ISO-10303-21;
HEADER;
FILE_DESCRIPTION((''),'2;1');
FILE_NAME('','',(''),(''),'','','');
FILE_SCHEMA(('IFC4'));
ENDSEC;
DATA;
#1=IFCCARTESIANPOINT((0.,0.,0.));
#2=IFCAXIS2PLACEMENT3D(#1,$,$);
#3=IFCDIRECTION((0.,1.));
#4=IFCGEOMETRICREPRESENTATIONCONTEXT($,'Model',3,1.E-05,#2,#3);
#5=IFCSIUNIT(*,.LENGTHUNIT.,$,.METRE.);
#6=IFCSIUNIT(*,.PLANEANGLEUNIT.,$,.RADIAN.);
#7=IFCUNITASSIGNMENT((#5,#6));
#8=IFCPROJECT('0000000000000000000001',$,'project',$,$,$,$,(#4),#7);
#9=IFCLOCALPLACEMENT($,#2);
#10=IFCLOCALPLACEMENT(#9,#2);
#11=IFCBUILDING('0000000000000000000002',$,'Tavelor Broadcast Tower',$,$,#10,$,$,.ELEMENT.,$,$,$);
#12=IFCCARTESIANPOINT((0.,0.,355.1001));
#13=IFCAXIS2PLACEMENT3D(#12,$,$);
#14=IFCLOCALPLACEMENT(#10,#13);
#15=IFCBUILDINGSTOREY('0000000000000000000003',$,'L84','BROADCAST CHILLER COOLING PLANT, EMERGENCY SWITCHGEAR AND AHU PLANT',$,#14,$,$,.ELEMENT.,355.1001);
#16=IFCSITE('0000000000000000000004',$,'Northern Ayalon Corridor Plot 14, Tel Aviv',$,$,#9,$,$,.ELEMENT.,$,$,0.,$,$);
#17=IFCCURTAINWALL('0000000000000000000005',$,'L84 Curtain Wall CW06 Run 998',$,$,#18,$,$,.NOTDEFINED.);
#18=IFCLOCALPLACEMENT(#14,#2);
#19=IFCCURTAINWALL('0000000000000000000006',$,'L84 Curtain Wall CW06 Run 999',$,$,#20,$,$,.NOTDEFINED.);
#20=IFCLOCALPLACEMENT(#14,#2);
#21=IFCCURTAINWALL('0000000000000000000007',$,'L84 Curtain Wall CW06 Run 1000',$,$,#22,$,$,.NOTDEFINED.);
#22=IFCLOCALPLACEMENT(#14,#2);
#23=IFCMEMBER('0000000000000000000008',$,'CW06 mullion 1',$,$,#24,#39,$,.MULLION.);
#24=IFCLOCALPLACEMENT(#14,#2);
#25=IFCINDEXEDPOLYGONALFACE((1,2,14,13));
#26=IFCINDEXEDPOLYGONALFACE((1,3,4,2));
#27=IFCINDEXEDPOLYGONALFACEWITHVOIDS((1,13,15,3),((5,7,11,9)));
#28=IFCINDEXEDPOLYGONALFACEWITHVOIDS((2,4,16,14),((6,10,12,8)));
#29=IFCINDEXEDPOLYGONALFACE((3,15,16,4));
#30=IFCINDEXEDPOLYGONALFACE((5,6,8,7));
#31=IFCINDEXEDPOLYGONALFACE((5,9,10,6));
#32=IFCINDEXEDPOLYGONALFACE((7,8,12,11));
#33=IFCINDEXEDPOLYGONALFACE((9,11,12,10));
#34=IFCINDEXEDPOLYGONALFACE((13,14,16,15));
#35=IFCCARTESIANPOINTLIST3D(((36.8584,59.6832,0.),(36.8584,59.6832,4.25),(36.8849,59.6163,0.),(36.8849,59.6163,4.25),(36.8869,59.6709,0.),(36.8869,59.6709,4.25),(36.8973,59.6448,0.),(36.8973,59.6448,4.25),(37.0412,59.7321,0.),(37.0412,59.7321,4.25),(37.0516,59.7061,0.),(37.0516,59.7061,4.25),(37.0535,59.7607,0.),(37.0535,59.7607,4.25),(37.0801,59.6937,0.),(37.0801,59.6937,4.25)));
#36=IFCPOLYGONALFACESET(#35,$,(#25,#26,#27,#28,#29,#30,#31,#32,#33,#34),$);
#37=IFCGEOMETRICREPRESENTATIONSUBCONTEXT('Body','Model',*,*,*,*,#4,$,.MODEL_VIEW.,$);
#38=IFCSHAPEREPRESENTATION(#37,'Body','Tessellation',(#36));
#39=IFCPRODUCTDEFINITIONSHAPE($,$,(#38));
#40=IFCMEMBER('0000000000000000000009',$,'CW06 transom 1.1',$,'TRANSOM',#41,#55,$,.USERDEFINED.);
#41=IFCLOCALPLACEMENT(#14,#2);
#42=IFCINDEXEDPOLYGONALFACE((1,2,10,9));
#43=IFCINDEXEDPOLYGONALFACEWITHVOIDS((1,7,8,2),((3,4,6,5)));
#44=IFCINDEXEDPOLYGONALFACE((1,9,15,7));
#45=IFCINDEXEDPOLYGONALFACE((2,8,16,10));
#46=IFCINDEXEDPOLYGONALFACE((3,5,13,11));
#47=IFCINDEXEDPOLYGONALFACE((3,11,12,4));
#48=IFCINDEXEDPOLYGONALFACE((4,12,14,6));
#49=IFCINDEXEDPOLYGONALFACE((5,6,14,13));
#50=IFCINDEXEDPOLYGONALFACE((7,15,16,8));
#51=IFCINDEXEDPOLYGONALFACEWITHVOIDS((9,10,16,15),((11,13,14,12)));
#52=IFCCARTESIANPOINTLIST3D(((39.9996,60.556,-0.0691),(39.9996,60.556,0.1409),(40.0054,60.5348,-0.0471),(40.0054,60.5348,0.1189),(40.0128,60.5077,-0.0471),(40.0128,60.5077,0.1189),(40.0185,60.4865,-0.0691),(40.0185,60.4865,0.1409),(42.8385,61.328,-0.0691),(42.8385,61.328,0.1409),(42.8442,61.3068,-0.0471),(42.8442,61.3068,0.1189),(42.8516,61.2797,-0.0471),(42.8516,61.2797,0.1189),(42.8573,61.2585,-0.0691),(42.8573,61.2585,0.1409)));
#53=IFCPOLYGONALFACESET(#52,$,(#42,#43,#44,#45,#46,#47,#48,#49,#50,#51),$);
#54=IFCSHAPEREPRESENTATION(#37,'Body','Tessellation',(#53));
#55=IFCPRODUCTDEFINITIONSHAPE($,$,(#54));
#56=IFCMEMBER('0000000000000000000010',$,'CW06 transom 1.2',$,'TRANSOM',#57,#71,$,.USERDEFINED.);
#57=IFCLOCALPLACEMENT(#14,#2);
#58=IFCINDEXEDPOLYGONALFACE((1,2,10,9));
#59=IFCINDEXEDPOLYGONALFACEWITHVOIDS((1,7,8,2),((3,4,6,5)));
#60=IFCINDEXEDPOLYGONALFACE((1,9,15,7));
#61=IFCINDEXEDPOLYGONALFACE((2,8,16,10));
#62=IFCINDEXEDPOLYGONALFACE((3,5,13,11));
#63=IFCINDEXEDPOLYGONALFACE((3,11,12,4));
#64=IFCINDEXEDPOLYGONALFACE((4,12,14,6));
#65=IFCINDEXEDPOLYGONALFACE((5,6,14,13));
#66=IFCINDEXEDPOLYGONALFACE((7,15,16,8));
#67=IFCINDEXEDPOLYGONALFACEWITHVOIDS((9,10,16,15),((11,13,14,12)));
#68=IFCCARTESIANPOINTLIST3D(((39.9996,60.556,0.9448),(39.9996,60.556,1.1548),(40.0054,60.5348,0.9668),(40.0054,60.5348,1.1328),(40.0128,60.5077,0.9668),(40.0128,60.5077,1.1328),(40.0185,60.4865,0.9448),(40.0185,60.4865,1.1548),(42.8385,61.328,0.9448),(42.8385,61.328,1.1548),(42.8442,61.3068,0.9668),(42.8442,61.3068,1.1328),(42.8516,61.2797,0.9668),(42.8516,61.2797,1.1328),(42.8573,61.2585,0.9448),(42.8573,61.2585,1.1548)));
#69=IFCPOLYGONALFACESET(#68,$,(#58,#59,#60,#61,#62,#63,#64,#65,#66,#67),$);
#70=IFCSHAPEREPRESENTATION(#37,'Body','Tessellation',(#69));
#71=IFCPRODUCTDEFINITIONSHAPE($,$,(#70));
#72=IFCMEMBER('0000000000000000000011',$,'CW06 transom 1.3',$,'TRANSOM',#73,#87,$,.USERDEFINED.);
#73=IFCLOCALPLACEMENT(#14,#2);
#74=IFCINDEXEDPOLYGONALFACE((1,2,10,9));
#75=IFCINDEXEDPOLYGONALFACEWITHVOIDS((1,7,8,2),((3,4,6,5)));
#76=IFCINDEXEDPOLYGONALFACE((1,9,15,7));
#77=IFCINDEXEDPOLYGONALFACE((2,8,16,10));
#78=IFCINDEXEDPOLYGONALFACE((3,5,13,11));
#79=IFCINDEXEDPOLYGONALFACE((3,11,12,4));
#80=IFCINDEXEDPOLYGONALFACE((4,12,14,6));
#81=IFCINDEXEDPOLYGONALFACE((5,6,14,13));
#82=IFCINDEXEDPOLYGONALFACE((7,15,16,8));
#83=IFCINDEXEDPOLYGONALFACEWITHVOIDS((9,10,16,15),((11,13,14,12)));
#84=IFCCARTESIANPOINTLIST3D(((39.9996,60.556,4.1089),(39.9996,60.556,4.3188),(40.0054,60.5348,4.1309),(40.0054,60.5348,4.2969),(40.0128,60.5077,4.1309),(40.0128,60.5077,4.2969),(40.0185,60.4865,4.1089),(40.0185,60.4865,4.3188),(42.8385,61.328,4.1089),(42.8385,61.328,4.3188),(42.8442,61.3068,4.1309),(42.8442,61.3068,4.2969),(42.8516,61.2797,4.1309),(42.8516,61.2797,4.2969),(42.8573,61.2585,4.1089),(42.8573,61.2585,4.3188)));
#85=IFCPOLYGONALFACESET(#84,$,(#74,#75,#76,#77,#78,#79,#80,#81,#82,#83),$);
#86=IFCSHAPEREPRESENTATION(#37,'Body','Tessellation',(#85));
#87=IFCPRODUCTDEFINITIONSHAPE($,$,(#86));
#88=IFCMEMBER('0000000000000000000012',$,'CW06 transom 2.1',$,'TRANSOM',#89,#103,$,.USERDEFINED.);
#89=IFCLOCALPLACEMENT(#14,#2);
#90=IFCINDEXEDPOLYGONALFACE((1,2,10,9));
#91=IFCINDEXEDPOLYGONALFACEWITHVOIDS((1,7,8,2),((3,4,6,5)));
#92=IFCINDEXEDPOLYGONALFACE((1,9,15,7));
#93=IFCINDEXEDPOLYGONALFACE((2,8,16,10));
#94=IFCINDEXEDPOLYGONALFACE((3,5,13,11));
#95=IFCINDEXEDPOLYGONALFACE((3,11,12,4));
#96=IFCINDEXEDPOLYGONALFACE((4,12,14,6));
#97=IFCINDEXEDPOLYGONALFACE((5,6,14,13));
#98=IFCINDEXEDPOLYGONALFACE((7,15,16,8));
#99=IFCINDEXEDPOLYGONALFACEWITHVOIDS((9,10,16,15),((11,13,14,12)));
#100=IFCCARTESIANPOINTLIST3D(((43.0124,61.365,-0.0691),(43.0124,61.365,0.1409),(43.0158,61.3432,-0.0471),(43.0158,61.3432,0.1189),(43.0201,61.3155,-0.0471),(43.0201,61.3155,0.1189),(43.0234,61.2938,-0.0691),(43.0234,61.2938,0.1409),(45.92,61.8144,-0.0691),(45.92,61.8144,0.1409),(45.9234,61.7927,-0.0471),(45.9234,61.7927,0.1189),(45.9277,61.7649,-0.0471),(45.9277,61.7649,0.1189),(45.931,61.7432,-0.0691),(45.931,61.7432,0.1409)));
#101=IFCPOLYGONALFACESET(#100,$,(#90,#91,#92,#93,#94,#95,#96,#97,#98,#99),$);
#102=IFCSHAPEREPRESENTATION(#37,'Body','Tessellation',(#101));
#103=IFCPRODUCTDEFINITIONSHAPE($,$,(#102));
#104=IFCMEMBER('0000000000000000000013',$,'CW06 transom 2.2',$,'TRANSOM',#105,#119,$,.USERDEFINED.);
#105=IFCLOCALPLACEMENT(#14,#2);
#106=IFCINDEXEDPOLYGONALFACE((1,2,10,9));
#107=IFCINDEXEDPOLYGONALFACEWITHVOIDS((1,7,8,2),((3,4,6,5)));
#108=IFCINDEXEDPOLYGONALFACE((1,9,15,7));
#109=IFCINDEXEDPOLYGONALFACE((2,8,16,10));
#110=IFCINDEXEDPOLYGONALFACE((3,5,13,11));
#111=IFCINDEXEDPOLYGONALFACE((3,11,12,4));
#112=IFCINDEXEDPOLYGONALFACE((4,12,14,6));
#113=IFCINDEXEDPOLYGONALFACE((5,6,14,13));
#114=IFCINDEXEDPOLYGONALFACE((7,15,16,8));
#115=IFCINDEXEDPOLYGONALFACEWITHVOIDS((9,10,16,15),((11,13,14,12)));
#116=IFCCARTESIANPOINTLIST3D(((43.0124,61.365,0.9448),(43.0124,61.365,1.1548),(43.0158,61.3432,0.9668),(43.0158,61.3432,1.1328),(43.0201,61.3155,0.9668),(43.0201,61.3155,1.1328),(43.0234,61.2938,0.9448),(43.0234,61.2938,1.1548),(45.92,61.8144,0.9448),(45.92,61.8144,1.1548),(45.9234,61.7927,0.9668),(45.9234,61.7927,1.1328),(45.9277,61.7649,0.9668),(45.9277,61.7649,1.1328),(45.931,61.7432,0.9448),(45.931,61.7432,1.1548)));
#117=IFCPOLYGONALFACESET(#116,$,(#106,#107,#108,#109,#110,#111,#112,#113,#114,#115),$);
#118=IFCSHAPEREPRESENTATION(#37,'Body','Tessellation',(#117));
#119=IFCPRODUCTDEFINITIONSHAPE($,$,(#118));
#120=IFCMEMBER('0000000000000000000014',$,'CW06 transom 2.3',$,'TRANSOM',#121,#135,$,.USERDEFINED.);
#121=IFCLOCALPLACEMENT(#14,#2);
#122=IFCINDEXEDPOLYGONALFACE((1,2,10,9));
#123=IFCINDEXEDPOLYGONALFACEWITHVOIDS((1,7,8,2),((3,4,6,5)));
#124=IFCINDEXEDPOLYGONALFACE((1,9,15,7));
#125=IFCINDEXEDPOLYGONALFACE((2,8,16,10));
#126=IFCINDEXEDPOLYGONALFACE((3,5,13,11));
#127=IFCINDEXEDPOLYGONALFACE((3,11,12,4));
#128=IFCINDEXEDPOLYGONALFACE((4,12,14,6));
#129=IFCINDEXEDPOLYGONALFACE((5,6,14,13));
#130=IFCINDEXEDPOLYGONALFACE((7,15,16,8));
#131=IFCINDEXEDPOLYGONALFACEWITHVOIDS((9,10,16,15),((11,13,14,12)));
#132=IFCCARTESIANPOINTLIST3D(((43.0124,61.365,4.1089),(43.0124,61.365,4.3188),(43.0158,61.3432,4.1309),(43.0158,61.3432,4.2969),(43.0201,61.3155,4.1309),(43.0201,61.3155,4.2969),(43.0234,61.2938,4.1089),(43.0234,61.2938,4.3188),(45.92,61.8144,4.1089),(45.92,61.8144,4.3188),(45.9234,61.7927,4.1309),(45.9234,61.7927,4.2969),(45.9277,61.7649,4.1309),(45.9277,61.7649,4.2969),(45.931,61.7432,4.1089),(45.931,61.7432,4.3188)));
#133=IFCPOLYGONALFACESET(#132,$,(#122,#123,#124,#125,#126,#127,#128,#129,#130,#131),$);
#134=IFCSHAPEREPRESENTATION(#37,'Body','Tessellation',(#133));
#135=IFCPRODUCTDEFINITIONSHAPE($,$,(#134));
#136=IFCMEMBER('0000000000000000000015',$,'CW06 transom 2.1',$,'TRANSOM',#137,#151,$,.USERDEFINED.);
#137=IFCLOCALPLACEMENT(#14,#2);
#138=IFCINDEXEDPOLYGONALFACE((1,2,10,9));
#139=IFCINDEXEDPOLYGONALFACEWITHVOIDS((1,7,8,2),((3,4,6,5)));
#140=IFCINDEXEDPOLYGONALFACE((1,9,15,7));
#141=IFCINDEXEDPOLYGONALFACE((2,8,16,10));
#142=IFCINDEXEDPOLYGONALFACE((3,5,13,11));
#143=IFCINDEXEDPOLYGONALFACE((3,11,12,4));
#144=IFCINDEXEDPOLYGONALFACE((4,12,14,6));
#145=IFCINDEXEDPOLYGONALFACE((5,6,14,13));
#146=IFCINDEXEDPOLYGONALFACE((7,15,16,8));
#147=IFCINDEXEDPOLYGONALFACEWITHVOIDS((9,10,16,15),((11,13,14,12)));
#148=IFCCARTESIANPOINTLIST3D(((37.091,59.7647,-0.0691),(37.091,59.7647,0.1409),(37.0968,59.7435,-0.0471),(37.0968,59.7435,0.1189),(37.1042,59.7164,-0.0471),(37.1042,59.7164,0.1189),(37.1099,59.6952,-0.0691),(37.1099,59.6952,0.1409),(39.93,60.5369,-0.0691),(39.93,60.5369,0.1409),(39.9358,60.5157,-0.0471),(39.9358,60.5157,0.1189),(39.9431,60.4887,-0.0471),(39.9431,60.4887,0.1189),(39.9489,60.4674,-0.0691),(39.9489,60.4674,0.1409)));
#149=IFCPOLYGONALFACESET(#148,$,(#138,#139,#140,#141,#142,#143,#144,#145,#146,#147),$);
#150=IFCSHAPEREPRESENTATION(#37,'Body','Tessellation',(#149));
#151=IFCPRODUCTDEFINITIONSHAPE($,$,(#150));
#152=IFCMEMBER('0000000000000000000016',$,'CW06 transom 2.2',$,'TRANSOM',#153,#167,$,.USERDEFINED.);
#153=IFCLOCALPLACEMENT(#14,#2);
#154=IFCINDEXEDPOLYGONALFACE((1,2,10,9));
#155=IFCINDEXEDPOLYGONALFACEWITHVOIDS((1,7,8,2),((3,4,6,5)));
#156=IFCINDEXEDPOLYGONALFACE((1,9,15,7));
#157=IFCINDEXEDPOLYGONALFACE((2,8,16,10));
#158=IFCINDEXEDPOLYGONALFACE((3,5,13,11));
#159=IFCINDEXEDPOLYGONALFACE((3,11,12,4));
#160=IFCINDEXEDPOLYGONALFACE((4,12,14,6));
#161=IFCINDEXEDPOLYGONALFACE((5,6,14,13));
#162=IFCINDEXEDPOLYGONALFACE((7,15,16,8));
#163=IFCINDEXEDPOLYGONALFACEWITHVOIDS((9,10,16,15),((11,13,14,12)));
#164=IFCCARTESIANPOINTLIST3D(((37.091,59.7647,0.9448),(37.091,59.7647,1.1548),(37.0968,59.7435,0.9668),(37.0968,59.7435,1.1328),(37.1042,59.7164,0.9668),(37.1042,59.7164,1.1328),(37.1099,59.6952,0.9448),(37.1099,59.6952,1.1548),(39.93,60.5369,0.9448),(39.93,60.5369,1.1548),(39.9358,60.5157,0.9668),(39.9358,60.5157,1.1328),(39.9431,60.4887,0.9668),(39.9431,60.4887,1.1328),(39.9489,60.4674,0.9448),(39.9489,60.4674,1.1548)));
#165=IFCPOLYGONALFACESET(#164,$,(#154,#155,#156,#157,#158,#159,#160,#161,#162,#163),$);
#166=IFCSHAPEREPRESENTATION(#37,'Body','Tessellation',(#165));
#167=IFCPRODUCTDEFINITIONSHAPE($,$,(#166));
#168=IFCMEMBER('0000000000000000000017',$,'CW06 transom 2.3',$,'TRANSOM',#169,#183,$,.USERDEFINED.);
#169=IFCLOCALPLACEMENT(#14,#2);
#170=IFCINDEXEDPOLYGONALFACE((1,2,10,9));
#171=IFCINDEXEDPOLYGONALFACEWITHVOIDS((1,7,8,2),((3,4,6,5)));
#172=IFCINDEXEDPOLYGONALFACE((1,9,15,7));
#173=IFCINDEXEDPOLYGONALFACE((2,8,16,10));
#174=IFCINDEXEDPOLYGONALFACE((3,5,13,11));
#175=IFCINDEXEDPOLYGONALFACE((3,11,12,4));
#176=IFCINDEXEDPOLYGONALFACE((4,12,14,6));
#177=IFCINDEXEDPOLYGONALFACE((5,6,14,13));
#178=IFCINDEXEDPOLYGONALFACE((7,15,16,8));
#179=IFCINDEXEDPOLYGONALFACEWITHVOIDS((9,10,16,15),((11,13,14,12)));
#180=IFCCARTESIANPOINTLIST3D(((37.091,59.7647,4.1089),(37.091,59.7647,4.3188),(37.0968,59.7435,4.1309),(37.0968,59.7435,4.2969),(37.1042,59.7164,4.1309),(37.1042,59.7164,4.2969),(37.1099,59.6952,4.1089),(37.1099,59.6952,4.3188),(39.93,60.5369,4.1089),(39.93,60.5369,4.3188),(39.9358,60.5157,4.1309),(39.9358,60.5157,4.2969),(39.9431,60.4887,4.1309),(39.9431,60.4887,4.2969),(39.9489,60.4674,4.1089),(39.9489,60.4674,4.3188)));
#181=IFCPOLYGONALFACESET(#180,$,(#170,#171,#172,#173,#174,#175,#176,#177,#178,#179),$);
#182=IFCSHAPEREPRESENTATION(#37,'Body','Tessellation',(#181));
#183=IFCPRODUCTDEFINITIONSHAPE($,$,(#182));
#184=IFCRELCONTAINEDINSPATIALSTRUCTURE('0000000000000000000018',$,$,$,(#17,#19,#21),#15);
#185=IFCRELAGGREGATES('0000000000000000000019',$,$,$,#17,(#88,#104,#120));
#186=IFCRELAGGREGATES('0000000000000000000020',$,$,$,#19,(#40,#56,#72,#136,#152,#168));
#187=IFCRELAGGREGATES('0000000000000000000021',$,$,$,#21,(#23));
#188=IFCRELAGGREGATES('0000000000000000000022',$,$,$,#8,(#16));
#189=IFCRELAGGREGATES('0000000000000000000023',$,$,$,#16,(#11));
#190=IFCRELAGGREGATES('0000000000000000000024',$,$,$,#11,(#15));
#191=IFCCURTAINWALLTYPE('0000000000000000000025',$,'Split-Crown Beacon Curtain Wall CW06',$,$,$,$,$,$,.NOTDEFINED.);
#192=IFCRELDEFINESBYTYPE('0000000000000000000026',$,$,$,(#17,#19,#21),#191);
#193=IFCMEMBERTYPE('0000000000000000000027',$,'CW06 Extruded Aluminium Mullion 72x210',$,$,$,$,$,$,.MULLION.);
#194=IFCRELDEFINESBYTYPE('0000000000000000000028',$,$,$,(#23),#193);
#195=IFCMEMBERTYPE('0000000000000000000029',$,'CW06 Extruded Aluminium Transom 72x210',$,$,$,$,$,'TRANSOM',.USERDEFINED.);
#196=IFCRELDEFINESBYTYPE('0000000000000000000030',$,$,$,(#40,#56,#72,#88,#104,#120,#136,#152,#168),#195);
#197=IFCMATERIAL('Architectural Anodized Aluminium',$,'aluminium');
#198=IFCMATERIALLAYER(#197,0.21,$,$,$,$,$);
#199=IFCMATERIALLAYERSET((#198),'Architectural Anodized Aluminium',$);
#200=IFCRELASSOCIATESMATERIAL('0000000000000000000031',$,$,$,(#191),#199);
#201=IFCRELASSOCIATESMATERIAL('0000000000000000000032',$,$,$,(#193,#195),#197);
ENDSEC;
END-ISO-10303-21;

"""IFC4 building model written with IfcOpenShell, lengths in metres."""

from ifc_helpers import new_model, si_unit, direction, frame, origin, origin_2d, place, context, subcontext, project, spatial, hollow_rectangle, extrude, source, transform, mapped, material, layer, layer_set, material_profile, profile_set, type_object, type_shapes, element, aggregate, save


model = new_model("IFC4")

# Units and contexts
model_context = context("Model", 3, precision=1e-05, world=origin(), true_north=direction((0.0, 1.0)))
body_context = subcontext(model_context, "Body", "Model", "MODEL_VIEW")
ifc_project = project(units=[si_unit("LENGTHUNIT", "METRE"), si_unit("PLANEANGLEUNIT", "RADIAN")], contexts=[model_context])

# Site, building, storey
site_placement = place(None, origin())
site = spatial("IfcSite", under=ifc_project, at=site_placement, Name="Northern Ayalon Corridor Plot 14, Tel Aviv", CompositionType="ELEMENT", RefElevation=0.0)
building_placement = place(site_placement, origin())
building = spatial("IfcBuilding", under=site, at=building_placement, Name="Tavelor Broadcast Tower", CompositionType="ELEMENT")
storey_placement = place(building_placement, frame((0.0, 0.0, 355.1001)))
storey = spatial("IfcBuildingStorey", under=building, at=storey_placement, Name="L84", Description="BROADCAST CHILLER COOLING PLANT, EMERGENCY SWITCHGEAR AND AHU PLANT", CompositionType="ELEMENT", Elevation=355.1001)

# Curtain walls
ifc_material_1 = material(Name="Architectural Anodized Aluminium", Category="aluminium")
ifc_layer_1 = layer(ifc_material_1, 0.21)
ifc_layer_set_1 = layer_set([ifc_layer_1], Name="Architectural Anodized Aluminium")
curtain_wall_type = type_object("IfcCurtainWallType", Name="Split-Crown Beacon Curtain Wall CW06", PredefinedType="NOTDEFINED", material=ifc_layer_set_1)
curtain_wall_1_placement = place(storey_placement, origin())
curtain_wall_1 = element("IfcCurtainWall", 1, at=curtain_wall_1_placement, inside=storey, type_object=curtain_wall_type, Name="L84 Curtain Wall CW06 Run 998", PredefinedType="NOTDEFINED")
ifc_material_profile_1 = material_profile(ifc_material_1, hollow_rectangle(XDim=0.072, YDim=0.21, WallThickness=0.022, at=origin_2d()), Name="RHS 72x210x22")
ifc_profile_set_1 = profile_set([ifc_material_profile_1], Name="Architectural Anodized Aluminium")
member_type_1 = type_object("IfcMemberType", Name="CW06 Extruded Aluminium Mullion 72x210", PredefinedType="MULLION", material=ifc_profile_set_1)
shared_shape_1 = source(origin(), body_context, "Body", "SweptSolid", [
    extrude(hollow_rectangle(XDim=0.072, YDim=0.21, WallThickness=0.022, at=origin_2d()), origin(), (0.0, 0.0, 1.0), 4.25),
])
type_shapes(member_type_1, [shared_shape_1])
curtain_wall_2_placement = place(storey_placement, origin())
curtain_wall_2 = element("IfcCurtainWall", 2, at=curtain_wall_2_placement, inside=storey, type_object=curtain_wall_type, Name="L84 Curtain Wall CW06 Run 999", PredefinedType="NOTDEFINED")

# Curtain wall, member
curtain_wall_3_placement = place(storey_placement, origin())
curtain_wall_3 = element("IfcCurtainWall", 3, at=curtain_wall_3_placement, inside=storey, type_object=curtain_wall_type, Name="L84 Curtain Wall CW06 Run 1000", PredefinedType="NOTDEFINED")
member_1_placement = place(storey_placement, frame((36.9692, 59.6885, 0.0), z_axis=(0.0, 0.0, 1.0), x_axis=(0.368902, -0.929468, 0.0)))
member_1 = element("IfcMember", 4, at=member_1_placement, type_object=member_type_1, Name="CW06 mullion 1", PredefinedType="MULLION", context=body_context, shape_type="MappedRepresentation", body=[
    mapped(shared_shape_1, transform((0.0, 0.0, 0.0), scale=1.0)),
])

# Members
ifc_material_profile_2 = material_profile(ifc_material_1, hollow_rectangle(XDim=0.072, YDim=0.21, WallThickness=0.022, at=origin_2d()), Name="RHS 72x210x22")
ifc_profile_set_2 = profile_set([ifc_material_profile_2], Name="Architectural Anodized Aluminium")
member_type_2 = type_object("IfcMemberType", Name="CW06 Extruded Aluminium Transom 72x210", ElementType="TRANSOM", PredefinedType="USERDEFINED", material=ifc_profile_set_2)
shared_shape_2 = source(origin(), body_context, "Body", "SweptSolid", [
    extrude(hollow_rectangle(XDim=0.072, YDim=0.21, WallThickness=0.022, at=origin_2d()), origin(), (0.0, 0.0, 1.0), 2.9419),
])
member_2_placement = place(storey_placement, frame((42.8479, 61.2932, 0.0359), z_axis=(-0.964959, -0.262401, 0.0), x_axis=(0.262401, -0.964959, 0.0)))
member_2 = element("IfcMember", 5, at=member_2_placement, type_object=member_type_2, Name="CW06 transom 1.1", ObjectType="TRANSOM", PredefinedType="USERDEFINED", context=body_context, shape_type="MappedRepresentation", body=[
    mapped(shared_shape_2, transform((0.0, 0.0, 0.0), scale=1.0)),
])
member_3_placement = place(storey_placement, frame((42.8479, 61.2932, 1.0498), z_axis=(-0.964959, -0.262401, 0.0), x_axis=(0.262401, -0.964959, 0.0)))
member_3 = element("IfcMember", 6, at=member_3_placement, type_object=member_type_2, Name="CW06 transom 1.2", ObjectType="TRANSOM", PredefinedType="USERDEFINED", context=body_context, shape_type="MappedRepresentation", body=[
    mapped(shared_shape_2, transform((0.0, 0.0, 0.0), scale=1.0)),
])
member_4_placement = place(storey_placement, frame((42.8479, 61.2932, 4.2139), z_axis=(-0.964959, -0.262401, 0.0), x_axis=(0.262401, -0.964959, 0.0)))
member_4 = element("IfcMember", 7, at=member_4_placement, type_object=member_type_2, Name="CW06 transom 1.3", ObjectType="TRANSOM", PredefinedType="USERDEFINED", context=body_context, shape_type="MappedRepresentation", body=[
    mapped(shared_shape_2, transform((0.0, 0.0, 0.0), scale=1.0)),
])
shared_shape_3 = source(origin(), body_context, "Body", "SweptSolid", [
    extrude(hollow_rectangle(XDim=0.072, YDim=0.21, WallThickness=0.022, at=origin_2d()), origin(), (0.0, 0.0, 1.0), 2.9421),
])
type_shapes(member_type_2, [shared_shape_2, shared_shape_3])
member_5_placement = place(storey_placement, frame((45.9255, 61.7788, 0.0359), z_axis=(-0.988263, -0.152762, 0.0), x_axis=(0.152762, -0.988263, 0.0)))
member_5 = element("IfcMember", 8, at=member_5_placement, type_object=member_type_2, Name="CW06 transom 2.1", ObjectType="TRANSOM", PredefinedType="USERDEFINED", context=body_context, shape_type="MappedRepresentation", body=[
    mapped(shared_shape_3, transform((0.0, 0.0, 0.0), scale=1.0)),
])
member_6_placement = place(storey_placement, frame((45.9255, 61.7788, 1.0498), z_axis=(-0.988263, -0.152762, 0.0), x_axis=(0.152762, -0.988263, 0.0)))
member_6 = element("IfcMember", 9, at=member_6_placement, type_object=member_type_2, Name="CW06 transom 2.2", ObjectType="TRANSOM", PredefinedType="USERDEFINED", context=body_context, shape_type="MappedRepresentation", body=[
    mapped(shared_shape_3, transform((0.0, 0.0, 0.0), scale=1.0)),
])
member_7_placement = place(storey_placement, frame((45.9255, 61.7788, 4.2139), z_axis=(-0.988263, -0.152762, 0.0), x_axis=(0.152762, -0.988263, 0.0)))
member_7 = element("IfcMember", 10, at=member_7_placement, type_object=member_type_2, Name="CW06 transom 2.3", ObjectType="TRANSOM", PredefinedType="USERDEFINED", context=body_context, shape_type="MappedRepresentation", body=[
    mapped(shared_shape_3, transform((0.0, 0.0, 0.0), scale=1.0)),
])
member_8_placement = place(storey_placement, frame((39.9395, 60.5022, 0.0359), z_axis=(-0.964938, -0.262478, 0.0), x_axis=(0.262478, -0.964938, 0.0)))
member_8 = element("IfcMember", 11, at=member_8_placement, type_object=member_type_2, Name="CW06 transom 2.1", ObjectType="TRANSOM", PredefinedType="USERDEFINED", context=body_context, shape_type="MappedRepresentation", body=[
    mapped(shared_shape_3, transform((0.0, 0.0, 0.0), scale=1.0)),
])
member_9_placement = place(storey_placement, frame((39.9395, 60.5022, 1.0498), z_axis=(-0.964938, -0.262478, 0.0), x_axis=(0.262478, -0.964938, 0.0)))
member_9 = element("IfcMember", 12, at=member_9_placement, type_object=member_type_2, Name="CW06 transom 2.2", ObjectType="TRANSOM", PredefinedType="USERDEFINED", context=body_context, shape_type="MappedRepresentation", body=[
    mapped(shared_shape_3, transform((0.0, 0.0, 0.0), scale=1.0)),
])
member_10_placement = place(storey_placement, frame((39.9395, 60.5022, 4.2139), z_axis=(-0.964938, -0.262478, 0.0), x_axis=(0.262478, -0.964938, 0.0)))
member_10 = element("IfcMember", 13, at=member_10_placement, type_object=member_type_2, Name="CW06 transom 2.3", ObjectType="TRANSOM", PredefinedType="USERDEFINED", context=body_context, shape_type="MappedRepresentation", body=[
    mapped(shared_shape_3, transform((0.0, 0.0, 0.0), scale=1.0)),
])

aggregate(curtain_wall_1, [member_5, member_6, member_7])
aggregate(curtain_wall_2, [member_2, member_3, member_4, member_8, member_9, member_10])
aggregate(curtain_wall_3, [member_1])

save(model, "model.ifc")
